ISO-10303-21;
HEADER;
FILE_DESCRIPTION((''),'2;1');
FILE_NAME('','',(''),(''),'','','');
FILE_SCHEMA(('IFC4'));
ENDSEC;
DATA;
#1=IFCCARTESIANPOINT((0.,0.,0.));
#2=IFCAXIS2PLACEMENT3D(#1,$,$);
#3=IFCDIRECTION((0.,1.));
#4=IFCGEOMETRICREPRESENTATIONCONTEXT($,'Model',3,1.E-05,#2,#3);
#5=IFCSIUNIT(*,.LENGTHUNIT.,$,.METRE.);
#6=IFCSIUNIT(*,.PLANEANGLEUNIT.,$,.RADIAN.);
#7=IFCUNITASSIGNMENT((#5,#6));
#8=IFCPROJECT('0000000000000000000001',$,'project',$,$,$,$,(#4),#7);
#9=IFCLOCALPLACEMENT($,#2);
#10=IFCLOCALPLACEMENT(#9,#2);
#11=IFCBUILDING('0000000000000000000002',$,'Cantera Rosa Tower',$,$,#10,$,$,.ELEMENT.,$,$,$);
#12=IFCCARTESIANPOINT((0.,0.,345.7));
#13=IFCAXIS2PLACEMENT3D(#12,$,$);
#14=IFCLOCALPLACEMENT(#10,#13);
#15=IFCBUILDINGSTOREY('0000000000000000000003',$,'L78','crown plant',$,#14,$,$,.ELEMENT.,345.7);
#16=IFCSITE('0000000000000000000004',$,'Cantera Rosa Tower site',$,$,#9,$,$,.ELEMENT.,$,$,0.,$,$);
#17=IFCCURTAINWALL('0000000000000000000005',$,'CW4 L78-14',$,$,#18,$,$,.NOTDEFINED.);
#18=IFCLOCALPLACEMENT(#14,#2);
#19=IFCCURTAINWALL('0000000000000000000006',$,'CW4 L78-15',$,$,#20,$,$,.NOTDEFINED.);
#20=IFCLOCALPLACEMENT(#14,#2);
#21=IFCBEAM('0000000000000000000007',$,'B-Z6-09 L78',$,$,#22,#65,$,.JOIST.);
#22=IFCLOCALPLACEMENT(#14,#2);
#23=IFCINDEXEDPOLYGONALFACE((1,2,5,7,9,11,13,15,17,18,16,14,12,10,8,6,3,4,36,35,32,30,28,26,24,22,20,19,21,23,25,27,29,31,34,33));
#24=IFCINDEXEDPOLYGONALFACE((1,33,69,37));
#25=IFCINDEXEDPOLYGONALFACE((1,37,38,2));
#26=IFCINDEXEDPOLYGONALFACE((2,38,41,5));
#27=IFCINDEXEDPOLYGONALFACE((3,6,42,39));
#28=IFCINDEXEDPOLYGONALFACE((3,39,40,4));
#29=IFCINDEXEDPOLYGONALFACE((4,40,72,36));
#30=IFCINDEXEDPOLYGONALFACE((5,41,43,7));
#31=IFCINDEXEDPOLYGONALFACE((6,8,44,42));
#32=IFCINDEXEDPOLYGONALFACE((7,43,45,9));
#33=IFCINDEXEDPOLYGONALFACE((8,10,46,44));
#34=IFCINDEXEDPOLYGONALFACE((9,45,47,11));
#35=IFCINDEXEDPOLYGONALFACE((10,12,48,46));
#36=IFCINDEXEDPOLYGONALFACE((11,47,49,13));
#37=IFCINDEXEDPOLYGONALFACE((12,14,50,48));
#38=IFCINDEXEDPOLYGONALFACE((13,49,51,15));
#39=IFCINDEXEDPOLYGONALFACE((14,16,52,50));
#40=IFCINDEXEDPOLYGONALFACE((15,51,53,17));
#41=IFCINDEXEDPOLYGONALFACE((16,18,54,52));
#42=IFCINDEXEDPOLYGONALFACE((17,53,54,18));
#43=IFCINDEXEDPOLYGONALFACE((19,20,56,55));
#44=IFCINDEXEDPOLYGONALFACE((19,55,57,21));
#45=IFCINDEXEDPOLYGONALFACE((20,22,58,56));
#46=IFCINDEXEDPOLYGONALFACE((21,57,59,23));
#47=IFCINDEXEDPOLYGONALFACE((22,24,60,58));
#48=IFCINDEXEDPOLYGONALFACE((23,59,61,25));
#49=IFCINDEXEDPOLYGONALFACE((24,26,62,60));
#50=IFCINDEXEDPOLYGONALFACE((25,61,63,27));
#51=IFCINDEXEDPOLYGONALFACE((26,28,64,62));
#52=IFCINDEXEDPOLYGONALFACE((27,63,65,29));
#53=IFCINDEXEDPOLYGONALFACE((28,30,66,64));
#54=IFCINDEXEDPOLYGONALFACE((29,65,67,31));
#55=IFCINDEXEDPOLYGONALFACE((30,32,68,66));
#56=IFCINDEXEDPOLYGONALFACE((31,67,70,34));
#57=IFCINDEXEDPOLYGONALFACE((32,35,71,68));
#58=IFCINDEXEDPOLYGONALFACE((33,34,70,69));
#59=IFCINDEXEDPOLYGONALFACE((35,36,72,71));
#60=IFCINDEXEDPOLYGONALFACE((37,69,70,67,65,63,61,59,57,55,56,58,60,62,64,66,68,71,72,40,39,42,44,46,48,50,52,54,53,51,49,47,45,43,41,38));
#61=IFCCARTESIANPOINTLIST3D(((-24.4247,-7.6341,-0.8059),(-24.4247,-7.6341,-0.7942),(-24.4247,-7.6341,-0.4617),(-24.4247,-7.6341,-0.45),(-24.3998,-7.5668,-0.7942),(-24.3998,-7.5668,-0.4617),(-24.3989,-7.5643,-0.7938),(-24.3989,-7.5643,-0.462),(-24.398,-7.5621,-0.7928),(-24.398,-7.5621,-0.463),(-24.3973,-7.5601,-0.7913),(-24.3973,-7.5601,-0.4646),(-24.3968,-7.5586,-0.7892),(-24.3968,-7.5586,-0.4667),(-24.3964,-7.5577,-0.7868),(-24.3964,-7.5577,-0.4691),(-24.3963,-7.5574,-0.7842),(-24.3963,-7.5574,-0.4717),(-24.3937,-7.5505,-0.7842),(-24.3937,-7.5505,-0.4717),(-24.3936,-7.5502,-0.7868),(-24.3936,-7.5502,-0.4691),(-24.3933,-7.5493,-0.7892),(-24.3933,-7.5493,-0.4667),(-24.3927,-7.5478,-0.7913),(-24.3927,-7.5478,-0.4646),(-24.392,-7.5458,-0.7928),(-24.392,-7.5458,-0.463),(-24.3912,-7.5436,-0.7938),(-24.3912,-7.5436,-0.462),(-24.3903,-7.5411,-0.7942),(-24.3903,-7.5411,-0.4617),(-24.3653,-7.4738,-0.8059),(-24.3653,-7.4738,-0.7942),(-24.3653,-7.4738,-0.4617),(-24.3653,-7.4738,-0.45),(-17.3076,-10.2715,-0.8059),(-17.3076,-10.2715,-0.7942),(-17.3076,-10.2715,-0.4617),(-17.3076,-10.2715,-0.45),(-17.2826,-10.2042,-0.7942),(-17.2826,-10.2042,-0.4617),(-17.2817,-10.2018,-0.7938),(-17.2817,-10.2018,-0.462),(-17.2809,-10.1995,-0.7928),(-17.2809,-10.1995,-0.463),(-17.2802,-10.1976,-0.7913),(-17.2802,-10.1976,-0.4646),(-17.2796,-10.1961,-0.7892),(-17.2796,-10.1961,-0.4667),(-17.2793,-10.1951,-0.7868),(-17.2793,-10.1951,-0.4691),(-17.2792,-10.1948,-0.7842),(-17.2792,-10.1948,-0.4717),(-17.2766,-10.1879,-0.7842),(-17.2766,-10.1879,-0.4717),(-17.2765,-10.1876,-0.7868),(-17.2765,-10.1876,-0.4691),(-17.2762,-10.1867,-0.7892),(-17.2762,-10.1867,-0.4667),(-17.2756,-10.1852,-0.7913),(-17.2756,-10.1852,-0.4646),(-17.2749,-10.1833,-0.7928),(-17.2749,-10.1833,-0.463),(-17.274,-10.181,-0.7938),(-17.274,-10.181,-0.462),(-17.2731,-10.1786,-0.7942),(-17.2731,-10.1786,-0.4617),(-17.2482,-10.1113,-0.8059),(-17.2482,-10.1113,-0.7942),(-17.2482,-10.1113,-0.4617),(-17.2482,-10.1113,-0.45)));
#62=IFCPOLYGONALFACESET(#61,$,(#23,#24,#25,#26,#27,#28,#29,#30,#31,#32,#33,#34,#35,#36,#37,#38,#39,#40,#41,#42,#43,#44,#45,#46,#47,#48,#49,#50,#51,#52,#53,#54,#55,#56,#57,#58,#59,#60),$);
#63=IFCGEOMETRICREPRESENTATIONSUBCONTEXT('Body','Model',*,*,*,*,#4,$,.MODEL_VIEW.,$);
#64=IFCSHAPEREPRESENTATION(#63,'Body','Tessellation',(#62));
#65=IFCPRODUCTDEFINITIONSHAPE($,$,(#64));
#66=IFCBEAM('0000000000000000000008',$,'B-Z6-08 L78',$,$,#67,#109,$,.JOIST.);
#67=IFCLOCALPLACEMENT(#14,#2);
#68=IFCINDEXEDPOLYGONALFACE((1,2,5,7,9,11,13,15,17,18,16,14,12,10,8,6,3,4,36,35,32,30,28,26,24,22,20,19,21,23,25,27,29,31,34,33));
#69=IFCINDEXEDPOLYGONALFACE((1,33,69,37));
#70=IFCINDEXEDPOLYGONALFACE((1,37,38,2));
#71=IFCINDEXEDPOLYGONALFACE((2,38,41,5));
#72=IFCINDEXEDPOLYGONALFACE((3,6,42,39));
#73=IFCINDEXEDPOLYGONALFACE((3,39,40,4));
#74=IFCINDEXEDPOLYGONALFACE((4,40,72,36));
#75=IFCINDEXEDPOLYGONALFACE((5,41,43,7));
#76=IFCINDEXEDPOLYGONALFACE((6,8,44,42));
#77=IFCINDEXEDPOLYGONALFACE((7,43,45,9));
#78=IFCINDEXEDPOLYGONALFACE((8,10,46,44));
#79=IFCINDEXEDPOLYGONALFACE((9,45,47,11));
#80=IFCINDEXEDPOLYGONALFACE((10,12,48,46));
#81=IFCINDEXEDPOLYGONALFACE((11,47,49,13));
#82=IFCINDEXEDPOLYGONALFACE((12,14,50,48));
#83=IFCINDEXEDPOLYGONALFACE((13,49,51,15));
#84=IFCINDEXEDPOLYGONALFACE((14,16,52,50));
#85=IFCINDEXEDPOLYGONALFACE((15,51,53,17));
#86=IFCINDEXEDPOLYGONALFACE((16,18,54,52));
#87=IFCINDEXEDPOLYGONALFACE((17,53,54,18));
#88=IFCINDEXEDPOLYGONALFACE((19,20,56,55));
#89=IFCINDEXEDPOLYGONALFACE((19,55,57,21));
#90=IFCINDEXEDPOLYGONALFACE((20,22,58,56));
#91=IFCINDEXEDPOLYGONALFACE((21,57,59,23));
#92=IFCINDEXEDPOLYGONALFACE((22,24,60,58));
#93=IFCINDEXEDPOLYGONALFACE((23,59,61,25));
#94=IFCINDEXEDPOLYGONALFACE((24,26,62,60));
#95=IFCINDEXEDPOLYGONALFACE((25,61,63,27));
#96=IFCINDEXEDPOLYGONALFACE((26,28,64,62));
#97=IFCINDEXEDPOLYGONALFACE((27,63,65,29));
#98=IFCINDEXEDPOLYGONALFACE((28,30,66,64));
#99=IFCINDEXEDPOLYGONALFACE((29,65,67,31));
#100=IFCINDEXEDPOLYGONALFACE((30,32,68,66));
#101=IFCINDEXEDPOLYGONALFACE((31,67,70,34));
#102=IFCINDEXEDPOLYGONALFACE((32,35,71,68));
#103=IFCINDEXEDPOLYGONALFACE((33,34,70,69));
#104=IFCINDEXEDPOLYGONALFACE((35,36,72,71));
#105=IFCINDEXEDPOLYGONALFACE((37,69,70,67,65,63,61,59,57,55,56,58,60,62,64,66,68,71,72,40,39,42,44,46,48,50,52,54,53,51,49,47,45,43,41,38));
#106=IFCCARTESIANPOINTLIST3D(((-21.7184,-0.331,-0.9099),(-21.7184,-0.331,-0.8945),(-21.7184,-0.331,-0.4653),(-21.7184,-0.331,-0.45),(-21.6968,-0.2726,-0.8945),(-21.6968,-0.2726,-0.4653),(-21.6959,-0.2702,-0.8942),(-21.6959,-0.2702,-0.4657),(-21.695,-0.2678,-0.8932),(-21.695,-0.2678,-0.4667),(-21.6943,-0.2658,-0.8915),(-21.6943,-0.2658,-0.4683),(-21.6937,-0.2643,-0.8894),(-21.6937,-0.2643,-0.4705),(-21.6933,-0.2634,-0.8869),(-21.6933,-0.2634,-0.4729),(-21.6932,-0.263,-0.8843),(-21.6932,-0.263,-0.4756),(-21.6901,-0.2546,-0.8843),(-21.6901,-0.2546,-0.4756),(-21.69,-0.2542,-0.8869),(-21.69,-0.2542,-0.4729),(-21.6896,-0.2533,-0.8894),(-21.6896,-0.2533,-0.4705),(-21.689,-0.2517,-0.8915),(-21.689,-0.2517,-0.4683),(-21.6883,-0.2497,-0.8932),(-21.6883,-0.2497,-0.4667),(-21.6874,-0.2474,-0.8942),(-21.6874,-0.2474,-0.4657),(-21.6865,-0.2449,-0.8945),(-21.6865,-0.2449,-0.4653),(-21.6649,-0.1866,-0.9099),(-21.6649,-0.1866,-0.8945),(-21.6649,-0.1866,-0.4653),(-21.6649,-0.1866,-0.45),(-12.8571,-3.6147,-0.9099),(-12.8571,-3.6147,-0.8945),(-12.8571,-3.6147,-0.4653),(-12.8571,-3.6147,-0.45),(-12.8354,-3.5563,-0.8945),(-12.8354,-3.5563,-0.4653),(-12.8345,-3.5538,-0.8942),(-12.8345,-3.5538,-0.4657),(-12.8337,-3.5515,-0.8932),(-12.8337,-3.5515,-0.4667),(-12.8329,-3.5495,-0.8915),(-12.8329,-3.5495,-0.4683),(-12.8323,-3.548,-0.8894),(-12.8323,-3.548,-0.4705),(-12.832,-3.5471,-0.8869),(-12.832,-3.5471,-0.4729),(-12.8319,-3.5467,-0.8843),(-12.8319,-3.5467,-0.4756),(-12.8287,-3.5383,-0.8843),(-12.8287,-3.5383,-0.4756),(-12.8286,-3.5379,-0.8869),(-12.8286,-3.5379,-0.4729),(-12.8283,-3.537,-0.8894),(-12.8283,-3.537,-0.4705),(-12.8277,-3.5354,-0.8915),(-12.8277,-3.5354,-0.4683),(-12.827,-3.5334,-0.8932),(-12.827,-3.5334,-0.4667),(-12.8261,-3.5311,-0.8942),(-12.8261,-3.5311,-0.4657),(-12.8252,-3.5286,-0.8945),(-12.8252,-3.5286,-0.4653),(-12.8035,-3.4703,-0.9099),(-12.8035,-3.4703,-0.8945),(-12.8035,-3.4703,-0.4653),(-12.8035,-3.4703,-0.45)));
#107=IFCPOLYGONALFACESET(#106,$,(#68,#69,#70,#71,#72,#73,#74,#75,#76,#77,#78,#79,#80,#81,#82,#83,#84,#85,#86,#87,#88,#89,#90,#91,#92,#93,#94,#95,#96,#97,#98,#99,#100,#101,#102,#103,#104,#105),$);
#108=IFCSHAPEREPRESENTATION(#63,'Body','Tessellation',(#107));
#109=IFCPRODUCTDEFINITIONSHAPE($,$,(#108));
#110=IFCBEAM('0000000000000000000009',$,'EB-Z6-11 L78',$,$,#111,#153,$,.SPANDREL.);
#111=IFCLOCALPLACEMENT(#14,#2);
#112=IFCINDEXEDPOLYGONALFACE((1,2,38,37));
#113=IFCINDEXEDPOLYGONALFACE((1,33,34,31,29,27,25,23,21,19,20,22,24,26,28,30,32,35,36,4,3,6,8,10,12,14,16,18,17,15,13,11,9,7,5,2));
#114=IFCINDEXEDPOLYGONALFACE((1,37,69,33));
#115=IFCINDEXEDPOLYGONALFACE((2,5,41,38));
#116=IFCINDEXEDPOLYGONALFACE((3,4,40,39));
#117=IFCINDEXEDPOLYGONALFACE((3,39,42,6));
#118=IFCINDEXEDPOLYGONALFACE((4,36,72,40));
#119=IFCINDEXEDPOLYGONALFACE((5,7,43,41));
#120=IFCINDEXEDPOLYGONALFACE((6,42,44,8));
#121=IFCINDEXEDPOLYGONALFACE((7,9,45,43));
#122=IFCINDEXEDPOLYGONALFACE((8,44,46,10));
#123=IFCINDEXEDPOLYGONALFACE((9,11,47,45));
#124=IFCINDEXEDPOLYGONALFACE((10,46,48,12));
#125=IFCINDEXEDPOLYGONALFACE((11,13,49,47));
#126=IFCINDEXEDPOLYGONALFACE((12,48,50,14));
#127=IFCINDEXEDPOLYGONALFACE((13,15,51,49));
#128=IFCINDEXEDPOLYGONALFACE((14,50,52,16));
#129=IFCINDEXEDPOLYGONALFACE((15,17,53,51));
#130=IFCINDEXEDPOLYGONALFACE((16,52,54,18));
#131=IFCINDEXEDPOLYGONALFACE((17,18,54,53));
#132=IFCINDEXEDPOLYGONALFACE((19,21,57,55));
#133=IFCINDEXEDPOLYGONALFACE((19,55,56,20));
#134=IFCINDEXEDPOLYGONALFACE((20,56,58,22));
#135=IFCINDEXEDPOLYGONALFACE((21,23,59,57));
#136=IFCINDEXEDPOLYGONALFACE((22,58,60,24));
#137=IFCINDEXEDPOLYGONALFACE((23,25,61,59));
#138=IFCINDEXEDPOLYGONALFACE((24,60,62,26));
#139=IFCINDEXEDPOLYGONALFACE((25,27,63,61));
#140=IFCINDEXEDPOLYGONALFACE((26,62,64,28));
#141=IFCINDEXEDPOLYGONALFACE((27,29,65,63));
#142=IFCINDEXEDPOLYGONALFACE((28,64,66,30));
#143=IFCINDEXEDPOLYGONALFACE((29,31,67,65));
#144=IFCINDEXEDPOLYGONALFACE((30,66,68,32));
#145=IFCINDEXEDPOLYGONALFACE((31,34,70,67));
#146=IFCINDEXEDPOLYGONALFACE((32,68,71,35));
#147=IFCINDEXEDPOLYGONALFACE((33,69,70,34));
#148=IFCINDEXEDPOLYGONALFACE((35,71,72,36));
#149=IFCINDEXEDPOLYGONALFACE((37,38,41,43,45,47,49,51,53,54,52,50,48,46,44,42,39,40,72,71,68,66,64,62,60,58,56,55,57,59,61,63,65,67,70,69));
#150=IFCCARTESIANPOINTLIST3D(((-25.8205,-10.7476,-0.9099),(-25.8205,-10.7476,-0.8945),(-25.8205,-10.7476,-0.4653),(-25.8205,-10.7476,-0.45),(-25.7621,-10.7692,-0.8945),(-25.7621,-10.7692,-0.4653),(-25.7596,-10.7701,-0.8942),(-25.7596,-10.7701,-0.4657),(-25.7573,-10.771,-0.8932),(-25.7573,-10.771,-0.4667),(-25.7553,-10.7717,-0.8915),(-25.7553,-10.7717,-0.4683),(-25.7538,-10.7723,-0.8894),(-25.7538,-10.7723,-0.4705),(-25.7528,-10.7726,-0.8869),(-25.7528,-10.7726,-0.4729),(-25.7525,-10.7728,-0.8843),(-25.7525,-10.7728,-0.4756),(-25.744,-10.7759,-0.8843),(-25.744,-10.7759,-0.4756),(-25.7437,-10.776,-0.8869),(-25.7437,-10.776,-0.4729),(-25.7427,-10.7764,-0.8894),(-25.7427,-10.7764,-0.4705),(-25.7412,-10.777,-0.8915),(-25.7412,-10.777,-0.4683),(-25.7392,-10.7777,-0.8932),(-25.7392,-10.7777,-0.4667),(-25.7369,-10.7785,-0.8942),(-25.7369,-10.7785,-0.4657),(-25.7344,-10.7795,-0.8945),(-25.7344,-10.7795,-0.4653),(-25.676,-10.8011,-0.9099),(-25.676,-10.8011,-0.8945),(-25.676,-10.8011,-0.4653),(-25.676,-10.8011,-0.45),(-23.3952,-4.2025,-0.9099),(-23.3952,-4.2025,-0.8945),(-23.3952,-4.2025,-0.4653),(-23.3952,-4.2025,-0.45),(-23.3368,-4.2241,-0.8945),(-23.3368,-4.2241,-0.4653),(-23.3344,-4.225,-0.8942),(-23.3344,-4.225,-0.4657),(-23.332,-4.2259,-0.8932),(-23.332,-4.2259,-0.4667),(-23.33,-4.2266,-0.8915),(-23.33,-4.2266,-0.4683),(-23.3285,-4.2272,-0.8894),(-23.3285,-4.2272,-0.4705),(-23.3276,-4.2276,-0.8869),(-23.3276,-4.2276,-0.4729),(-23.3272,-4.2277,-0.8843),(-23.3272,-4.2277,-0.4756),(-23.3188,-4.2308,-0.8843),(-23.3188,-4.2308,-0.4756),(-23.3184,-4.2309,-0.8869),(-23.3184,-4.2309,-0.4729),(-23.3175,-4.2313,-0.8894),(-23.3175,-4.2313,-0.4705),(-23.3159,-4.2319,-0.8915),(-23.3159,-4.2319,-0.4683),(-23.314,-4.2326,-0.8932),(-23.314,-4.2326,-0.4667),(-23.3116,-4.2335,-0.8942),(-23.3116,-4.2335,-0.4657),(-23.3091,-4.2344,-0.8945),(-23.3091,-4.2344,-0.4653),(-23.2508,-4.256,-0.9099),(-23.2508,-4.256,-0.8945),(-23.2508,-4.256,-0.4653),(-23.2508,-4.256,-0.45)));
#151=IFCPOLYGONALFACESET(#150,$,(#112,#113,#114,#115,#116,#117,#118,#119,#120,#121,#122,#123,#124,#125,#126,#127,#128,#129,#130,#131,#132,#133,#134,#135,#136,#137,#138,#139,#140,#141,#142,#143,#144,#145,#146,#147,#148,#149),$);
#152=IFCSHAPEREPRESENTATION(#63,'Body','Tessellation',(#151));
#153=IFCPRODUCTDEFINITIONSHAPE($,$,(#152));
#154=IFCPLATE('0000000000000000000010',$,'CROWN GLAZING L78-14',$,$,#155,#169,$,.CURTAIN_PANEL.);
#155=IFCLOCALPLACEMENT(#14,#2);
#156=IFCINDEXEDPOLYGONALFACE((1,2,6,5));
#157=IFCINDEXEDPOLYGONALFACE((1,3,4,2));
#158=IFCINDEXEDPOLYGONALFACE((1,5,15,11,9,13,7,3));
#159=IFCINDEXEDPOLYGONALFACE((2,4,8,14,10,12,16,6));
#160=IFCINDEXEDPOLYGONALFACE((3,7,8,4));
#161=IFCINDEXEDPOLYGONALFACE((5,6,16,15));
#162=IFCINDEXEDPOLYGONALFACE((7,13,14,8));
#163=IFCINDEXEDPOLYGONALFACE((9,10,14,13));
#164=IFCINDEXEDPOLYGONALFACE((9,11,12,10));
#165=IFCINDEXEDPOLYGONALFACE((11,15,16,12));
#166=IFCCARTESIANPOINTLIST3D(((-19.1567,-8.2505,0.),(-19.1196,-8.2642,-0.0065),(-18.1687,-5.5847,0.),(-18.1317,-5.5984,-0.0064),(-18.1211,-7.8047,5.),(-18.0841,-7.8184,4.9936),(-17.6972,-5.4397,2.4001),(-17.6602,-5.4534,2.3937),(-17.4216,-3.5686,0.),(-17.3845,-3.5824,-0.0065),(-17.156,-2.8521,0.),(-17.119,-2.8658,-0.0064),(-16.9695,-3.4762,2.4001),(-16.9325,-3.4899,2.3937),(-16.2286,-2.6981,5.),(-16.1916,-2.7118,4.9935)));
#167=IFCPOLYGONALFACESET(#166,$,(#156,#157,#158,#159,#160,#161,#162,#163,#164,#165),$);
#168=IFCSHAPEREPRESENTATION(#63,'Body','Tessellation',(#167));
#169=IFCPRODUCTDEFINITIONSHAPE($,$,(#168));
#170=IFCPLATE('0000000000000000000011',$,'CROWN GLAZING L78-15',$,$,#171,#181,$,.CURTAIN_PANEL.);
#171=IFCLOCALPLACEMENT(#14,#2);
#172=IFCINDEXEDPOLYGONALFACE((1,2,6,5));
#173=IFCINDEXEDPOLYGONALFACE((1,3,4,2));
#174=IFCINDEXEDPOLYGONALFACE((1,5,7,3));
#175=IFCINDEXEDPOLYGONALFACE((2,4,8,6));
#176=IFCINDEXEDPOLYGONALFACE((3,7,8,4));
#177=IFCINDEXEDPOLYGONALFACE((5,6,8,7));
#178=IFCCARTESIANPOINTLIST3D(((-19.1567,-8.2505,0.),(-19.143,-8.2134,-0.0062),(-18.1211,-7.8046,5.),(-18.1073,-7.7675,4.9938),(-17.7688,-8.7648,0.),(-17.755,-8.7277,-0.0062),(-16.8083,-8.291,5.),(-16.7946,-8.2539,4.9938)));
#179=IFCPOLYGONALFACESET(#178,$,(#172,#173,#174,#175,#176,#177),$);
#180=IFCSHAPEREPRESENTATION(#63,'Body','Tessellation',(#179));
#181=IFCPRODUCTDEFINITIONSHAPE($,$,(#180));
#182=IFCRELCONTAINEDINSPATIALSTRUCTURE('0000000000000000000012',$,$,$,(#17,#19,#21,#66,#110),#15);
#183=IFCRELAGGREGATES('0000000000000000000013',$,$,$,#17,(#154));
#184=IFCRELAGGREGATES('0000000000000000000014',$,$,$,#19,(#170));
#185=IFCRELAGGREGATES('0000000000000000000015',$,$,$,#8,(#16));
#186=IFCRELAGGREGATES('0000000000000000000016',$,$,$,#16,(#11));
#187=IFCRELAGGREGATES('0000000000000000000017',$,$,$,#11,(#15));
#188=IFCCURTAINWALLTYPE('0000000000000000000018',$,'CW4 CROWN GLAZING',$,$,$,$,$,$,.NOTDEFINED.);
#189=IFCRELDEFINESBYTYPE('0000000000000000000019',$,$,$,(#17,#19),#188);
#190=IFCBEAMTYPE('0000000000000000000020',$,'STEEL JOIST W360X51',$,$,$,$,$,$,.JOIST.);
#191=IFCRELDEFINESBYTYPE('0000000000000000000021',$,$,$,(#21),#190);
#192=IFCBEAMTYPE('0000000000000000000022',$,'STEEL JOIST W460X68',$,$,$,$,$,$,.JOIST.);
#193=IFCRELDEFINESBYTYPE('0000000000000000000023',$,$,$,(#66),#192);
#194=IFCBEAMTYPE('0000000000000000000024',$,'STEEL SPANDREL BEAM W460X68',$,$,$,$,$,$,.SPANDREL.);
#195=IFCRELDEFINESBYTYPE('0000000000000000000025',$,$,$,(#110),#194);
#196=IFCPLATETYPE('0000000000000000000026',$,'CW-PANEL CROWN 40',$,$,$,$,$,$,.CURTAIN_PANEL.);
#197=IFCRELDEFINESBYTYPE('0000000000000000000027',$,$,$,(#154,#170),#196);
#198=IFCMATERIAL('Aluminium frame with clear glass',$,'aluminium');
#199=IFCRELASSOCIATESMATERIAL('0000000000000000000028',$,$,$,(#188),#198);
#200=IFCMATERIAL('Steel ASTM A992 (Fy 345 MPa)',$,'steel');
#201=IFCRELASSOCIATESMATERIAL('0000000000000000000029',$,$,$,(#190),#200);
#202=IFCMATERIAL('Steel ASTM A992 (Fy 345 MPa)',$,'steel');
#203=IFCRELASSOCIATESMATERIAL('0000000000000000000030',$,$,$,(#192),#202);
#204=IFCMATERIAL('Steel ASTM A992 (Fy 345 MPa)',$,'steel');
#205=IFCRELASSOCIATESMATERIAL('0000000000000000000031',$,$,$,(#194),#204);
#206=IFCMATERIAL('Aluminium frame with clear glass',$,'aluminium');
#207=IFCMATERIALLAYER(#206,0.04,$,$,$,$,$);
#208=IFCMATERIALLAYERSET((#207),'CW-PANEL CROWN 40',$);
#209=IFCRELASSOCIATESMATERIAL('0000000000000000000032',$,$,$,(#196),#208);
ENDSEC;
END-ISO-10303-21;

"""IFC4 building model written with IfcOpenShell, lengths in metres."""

from ifc_helpers import new_model, si_unit, direction, frame, origin, origin_2d, place, context, subcontext, project, spatial, polyline, i_section, outline, extrude, material, layer, layer_set, material_profile, profile_set, type_object, element, aggregate, save


model = new_model("IFC4")

# Units and contexts
model_context = context("Model", 3, precision=1e-05, world=origin(), true_north=direction((0.0, 1.0)))
body_context = subcontext(model_context, "Body", "Model", "MODEL_VIEW")
ifc_project = project(units=[si_unit("LENGTHUNIT", "METRE"), si_unit("PLANEANGLEUNIT", "RADIAN")], contexts=[model_context])

# Site, building, storey
site_placement = place(None, origin())
site = spatial("IfcSite", under=ifc_project, at=site_placement, Name="Cantera Rosa Tower site", CompositionType="ELEMENT", RefElevation=0.0)
building_placement = place(site_placement, origin())
building = spatial("IfcBuilding", under=site, at=building_placement, Name="Cantera Rosa Tower", CompositionType="ELEMENT")
storey_placement = place(building_placement, frame((0.0, 0.0, 345.7)))
storey = spatial("IfcBuildingStorey", under=building, at=storey_placement, Name="L78", Description="crown plant", CompositionType="ELEMENT", Elevation=345.7)

# Curtain walls
ifc_material_1 = material(Name="Aluminium frame with clear glass", Category="aluminium")
curtain_wall_type = type_object("IfcCurtainWallType", Name="CW4 CROWN GLAZING", PredefinedType="NOTDEFINED", material=ifc_material_1)
curtain_wall_1_placement = place(storey_placement, origin())
curtain_wall_1 = element("IfcCurtainWall", 1, at=curtain_wall_1_placement, inside=storey, type_object=curtain_wall_type, Name="CW4 L78-14", PredefinedType="NOTDEFINED")
curtain_wall_2_placement = place(storey_placement, origin())
curtain_wall_2 = element("IfcCurtainWall", 2, at=curtain_wall_2_placement, inside=storey, type_object=curtain_wall_type, Name="CW4 L78-15", PredefinedType="NOTDEFINED")

# Beams
ifc_material_2 = material(Name="Steel ASTM A992 (Fy 345 MPa)", Category="steel")
ifc_material_profile_1 = material_profile(ifc_material_2, i_section(OverallWidth=0.1709, OverallDepth=0.356, WebThickness=0.0073, FlangeThickness=0.0117, FilletRadius=0.01, at=origin_2d()), Name="W360X51")
ifc_profile_set_1 = profile_set([ifc_material_profile_1], Name="Steel ASTM A992 (Fy 345 MPa)")
beam_type_1 = type_object("IfcBeamType", Name="STEEL JOIST W360X51", PredefinedType="JOIST", material=ifc_profile_set_1)
beam_1_placement = place(storey_placement, frame((-24.395, -7.554, -0.6279), z_axis=(0.937686, -0.347483, 0.0), x_axis=(0.347483, 0.937686, 0.0)))
element("IfcBeam", 3, at=beam_1_placement, inside=storey, type_object=beam_type_1, Name="B-Z6-09 L78", PredefinedType="JOIST", context=body_context, shape_type="SweptSolid", body=[
    extrude(i_section(OverallWidth=0.1709, OverallDepth=0.356, WebThickness=0.0073, FlangeThickness=0.0117, FilletRadius=0.01, at=origin_2d()), origin(), (0.0, 0.0, 1.0), 7.5901),
])
ifc_material_3 = material(Name="Steel ASTM A992 (Fy 345 MPa)", Category="steel")
ifc_material_profile_2 = material_profile(ifc_material_3, i_section(OverallWidth=0.1541, OverallDepth=0.46, WebThickness=0.009, FlangeThickness=0.0154, FilletRadius=0.0103, at=origin_2d()), Name="W460X68")
ifc_profile_set_2 = profile_set([ifc_material_profile_2], Name="Steel ASTM A992 (Fy 345 MPa)")
beam_type_2 = type_object("IfcBeamType", Name="STEEL JOIST W460X68", PredefinedType="JOIST", material=ifc_profile_set_2)
beam_2_placement = place(storey_placement, frame((-21.6917, -0.2588, -0.6799), z_axis=(0.93769, -0.347474, 0.0), x_axis=(0.347474, 0.93769, 0.0)))
element("IfcBeam", 4, at=beam_2_placement, inside=storey, type_object=beam_type_2, Name="B-Z6-08 L78", PredefinedType="JOIST", context=body_context, shape_type="SweptSolid", body=[
    extrude(i_section(OverallWidth=0.1541, OverallDepth=0.46, WebThickness=0.009, FlangeThickness=0.0154, FilletRadius=0.0103, at=origin_2d()), origin(), (0.0, 0.0, 1.0), 9.4502),
])
ifc_material_4 = material(Name="Steel ASTM A992 (Fy 345 MPa)", Category="steel")
ifc_material_profile_3 = material_profile(ifc_material_4, i_section(OverallWidth=0.1541, OverallDepth=0.46, WebThickness=0.009, FlangeThickness=0.0154, FilletRadius=0.0103, at=origin_2d()), Name="W460X68")
ifc_profile_set_3 = profile_set([ifc_material_profile_3], Name="Steel ASTM A992 (Fy 345 MPa)")
beam_type_3 = type_object("IfcBeamType", Name="STEEL SPANDREL BEAM W460X68", PredefinedType="SPANDREL", material=ifc_profile_set_3)
beam_3_placement = place(storey_placement, frame((-23.323, -4.2292, -0.6799), z_axis=(-0.34746, -0.937695, 0.0), x_axis=(0.937695, -0.34746, 0.0)))
element("IfcBeam", 5, at=beam_3_placement, inside=storey, type_object=beam_type_3, Name="EB-Z6-11 L78", PredefinedType="SPANDREL", context=body_context, shape_type="SweptSolid", body=[
    extrude(i_section(OverallWidth=0.1541, OverallDepth=0.46, WebThickness=0.009, FlangeThickness=0.0154, FilletRadius=0.0103, at=origin_2d()), origin(), (0.0, 0.0, 1.0), 6.98),
])

# Plates
ifc_material_5 = material(Name="Aluminium frame with clear glass", Category="aluminium")
ifc_layer_1 = layer(ifc_material_5, 0.04)
ifc_layer_set_1 = layer_set([ifc_layer_1], Name="CW-PANEL CROWN 40")
plate_type = type_object("IfcPlateType", Name="CW-PANEL CROWN 40", PredefinedType="CURTAIN_PANEL", material=ifc_layer_set_1)
plate_1_placement = place(storey_placement, frame((-17.156, -2.8521, 0.0), z_axis=(-0.925433, 0.342966, 0.161086), x_axis=(-0.347506, -0.937678, -0.000014)))
plate_1 = element("IfcPlate", 6, at=plate_1_placement, type_object=plate_type, Name="CROWN GLAZING L78-14", PredefinedType="CURTAIN_PANEL", context=body_context, shape_type="SweptSolid", body=[
    extrude(outline(polyline([(0.0, 0.0), (0.7642, 0.0), (0.5204, 2.4319), (2.6144, 2.4319), (2.9143, 0.0), (5.7573, 0.0001), (4.9793, 5.0662), (-0.4667, 5.0661), (0.0, 0.0)])), origin(), (0.0, 0.0, -1.0), 0.04),
])
plate_2_placement = place(storey_placement, frame((-19.1567, -8.2505, 0.0), z_axis=(-0.34333, -0.926546, 0.153744), x_axis=(0.937694, -0.347462, -0.00001)))
plate_2 = element("IfcPlate", 7, at=plate_2_placement, type_object=plate_type, Name="CROWN GLAZING L78-15", PredefinedType="CURTAIN_PANEL", context=body_context, shape_type="SweptSolid", body=[
    extrude(outline(polyline([(0.0, 0.0), (1.4802, 0.0), (2.2161, 5.0602), (0.8162, 5.0602), (0.0, 0.0)])), origin(), (0.0, 0.0, -1.0), 0.04),
])

aggregate(curtain_wall_1, [plate_1])
aggregate(curtain_wall_2, [plate_2])

save(model, "model.ifc")
